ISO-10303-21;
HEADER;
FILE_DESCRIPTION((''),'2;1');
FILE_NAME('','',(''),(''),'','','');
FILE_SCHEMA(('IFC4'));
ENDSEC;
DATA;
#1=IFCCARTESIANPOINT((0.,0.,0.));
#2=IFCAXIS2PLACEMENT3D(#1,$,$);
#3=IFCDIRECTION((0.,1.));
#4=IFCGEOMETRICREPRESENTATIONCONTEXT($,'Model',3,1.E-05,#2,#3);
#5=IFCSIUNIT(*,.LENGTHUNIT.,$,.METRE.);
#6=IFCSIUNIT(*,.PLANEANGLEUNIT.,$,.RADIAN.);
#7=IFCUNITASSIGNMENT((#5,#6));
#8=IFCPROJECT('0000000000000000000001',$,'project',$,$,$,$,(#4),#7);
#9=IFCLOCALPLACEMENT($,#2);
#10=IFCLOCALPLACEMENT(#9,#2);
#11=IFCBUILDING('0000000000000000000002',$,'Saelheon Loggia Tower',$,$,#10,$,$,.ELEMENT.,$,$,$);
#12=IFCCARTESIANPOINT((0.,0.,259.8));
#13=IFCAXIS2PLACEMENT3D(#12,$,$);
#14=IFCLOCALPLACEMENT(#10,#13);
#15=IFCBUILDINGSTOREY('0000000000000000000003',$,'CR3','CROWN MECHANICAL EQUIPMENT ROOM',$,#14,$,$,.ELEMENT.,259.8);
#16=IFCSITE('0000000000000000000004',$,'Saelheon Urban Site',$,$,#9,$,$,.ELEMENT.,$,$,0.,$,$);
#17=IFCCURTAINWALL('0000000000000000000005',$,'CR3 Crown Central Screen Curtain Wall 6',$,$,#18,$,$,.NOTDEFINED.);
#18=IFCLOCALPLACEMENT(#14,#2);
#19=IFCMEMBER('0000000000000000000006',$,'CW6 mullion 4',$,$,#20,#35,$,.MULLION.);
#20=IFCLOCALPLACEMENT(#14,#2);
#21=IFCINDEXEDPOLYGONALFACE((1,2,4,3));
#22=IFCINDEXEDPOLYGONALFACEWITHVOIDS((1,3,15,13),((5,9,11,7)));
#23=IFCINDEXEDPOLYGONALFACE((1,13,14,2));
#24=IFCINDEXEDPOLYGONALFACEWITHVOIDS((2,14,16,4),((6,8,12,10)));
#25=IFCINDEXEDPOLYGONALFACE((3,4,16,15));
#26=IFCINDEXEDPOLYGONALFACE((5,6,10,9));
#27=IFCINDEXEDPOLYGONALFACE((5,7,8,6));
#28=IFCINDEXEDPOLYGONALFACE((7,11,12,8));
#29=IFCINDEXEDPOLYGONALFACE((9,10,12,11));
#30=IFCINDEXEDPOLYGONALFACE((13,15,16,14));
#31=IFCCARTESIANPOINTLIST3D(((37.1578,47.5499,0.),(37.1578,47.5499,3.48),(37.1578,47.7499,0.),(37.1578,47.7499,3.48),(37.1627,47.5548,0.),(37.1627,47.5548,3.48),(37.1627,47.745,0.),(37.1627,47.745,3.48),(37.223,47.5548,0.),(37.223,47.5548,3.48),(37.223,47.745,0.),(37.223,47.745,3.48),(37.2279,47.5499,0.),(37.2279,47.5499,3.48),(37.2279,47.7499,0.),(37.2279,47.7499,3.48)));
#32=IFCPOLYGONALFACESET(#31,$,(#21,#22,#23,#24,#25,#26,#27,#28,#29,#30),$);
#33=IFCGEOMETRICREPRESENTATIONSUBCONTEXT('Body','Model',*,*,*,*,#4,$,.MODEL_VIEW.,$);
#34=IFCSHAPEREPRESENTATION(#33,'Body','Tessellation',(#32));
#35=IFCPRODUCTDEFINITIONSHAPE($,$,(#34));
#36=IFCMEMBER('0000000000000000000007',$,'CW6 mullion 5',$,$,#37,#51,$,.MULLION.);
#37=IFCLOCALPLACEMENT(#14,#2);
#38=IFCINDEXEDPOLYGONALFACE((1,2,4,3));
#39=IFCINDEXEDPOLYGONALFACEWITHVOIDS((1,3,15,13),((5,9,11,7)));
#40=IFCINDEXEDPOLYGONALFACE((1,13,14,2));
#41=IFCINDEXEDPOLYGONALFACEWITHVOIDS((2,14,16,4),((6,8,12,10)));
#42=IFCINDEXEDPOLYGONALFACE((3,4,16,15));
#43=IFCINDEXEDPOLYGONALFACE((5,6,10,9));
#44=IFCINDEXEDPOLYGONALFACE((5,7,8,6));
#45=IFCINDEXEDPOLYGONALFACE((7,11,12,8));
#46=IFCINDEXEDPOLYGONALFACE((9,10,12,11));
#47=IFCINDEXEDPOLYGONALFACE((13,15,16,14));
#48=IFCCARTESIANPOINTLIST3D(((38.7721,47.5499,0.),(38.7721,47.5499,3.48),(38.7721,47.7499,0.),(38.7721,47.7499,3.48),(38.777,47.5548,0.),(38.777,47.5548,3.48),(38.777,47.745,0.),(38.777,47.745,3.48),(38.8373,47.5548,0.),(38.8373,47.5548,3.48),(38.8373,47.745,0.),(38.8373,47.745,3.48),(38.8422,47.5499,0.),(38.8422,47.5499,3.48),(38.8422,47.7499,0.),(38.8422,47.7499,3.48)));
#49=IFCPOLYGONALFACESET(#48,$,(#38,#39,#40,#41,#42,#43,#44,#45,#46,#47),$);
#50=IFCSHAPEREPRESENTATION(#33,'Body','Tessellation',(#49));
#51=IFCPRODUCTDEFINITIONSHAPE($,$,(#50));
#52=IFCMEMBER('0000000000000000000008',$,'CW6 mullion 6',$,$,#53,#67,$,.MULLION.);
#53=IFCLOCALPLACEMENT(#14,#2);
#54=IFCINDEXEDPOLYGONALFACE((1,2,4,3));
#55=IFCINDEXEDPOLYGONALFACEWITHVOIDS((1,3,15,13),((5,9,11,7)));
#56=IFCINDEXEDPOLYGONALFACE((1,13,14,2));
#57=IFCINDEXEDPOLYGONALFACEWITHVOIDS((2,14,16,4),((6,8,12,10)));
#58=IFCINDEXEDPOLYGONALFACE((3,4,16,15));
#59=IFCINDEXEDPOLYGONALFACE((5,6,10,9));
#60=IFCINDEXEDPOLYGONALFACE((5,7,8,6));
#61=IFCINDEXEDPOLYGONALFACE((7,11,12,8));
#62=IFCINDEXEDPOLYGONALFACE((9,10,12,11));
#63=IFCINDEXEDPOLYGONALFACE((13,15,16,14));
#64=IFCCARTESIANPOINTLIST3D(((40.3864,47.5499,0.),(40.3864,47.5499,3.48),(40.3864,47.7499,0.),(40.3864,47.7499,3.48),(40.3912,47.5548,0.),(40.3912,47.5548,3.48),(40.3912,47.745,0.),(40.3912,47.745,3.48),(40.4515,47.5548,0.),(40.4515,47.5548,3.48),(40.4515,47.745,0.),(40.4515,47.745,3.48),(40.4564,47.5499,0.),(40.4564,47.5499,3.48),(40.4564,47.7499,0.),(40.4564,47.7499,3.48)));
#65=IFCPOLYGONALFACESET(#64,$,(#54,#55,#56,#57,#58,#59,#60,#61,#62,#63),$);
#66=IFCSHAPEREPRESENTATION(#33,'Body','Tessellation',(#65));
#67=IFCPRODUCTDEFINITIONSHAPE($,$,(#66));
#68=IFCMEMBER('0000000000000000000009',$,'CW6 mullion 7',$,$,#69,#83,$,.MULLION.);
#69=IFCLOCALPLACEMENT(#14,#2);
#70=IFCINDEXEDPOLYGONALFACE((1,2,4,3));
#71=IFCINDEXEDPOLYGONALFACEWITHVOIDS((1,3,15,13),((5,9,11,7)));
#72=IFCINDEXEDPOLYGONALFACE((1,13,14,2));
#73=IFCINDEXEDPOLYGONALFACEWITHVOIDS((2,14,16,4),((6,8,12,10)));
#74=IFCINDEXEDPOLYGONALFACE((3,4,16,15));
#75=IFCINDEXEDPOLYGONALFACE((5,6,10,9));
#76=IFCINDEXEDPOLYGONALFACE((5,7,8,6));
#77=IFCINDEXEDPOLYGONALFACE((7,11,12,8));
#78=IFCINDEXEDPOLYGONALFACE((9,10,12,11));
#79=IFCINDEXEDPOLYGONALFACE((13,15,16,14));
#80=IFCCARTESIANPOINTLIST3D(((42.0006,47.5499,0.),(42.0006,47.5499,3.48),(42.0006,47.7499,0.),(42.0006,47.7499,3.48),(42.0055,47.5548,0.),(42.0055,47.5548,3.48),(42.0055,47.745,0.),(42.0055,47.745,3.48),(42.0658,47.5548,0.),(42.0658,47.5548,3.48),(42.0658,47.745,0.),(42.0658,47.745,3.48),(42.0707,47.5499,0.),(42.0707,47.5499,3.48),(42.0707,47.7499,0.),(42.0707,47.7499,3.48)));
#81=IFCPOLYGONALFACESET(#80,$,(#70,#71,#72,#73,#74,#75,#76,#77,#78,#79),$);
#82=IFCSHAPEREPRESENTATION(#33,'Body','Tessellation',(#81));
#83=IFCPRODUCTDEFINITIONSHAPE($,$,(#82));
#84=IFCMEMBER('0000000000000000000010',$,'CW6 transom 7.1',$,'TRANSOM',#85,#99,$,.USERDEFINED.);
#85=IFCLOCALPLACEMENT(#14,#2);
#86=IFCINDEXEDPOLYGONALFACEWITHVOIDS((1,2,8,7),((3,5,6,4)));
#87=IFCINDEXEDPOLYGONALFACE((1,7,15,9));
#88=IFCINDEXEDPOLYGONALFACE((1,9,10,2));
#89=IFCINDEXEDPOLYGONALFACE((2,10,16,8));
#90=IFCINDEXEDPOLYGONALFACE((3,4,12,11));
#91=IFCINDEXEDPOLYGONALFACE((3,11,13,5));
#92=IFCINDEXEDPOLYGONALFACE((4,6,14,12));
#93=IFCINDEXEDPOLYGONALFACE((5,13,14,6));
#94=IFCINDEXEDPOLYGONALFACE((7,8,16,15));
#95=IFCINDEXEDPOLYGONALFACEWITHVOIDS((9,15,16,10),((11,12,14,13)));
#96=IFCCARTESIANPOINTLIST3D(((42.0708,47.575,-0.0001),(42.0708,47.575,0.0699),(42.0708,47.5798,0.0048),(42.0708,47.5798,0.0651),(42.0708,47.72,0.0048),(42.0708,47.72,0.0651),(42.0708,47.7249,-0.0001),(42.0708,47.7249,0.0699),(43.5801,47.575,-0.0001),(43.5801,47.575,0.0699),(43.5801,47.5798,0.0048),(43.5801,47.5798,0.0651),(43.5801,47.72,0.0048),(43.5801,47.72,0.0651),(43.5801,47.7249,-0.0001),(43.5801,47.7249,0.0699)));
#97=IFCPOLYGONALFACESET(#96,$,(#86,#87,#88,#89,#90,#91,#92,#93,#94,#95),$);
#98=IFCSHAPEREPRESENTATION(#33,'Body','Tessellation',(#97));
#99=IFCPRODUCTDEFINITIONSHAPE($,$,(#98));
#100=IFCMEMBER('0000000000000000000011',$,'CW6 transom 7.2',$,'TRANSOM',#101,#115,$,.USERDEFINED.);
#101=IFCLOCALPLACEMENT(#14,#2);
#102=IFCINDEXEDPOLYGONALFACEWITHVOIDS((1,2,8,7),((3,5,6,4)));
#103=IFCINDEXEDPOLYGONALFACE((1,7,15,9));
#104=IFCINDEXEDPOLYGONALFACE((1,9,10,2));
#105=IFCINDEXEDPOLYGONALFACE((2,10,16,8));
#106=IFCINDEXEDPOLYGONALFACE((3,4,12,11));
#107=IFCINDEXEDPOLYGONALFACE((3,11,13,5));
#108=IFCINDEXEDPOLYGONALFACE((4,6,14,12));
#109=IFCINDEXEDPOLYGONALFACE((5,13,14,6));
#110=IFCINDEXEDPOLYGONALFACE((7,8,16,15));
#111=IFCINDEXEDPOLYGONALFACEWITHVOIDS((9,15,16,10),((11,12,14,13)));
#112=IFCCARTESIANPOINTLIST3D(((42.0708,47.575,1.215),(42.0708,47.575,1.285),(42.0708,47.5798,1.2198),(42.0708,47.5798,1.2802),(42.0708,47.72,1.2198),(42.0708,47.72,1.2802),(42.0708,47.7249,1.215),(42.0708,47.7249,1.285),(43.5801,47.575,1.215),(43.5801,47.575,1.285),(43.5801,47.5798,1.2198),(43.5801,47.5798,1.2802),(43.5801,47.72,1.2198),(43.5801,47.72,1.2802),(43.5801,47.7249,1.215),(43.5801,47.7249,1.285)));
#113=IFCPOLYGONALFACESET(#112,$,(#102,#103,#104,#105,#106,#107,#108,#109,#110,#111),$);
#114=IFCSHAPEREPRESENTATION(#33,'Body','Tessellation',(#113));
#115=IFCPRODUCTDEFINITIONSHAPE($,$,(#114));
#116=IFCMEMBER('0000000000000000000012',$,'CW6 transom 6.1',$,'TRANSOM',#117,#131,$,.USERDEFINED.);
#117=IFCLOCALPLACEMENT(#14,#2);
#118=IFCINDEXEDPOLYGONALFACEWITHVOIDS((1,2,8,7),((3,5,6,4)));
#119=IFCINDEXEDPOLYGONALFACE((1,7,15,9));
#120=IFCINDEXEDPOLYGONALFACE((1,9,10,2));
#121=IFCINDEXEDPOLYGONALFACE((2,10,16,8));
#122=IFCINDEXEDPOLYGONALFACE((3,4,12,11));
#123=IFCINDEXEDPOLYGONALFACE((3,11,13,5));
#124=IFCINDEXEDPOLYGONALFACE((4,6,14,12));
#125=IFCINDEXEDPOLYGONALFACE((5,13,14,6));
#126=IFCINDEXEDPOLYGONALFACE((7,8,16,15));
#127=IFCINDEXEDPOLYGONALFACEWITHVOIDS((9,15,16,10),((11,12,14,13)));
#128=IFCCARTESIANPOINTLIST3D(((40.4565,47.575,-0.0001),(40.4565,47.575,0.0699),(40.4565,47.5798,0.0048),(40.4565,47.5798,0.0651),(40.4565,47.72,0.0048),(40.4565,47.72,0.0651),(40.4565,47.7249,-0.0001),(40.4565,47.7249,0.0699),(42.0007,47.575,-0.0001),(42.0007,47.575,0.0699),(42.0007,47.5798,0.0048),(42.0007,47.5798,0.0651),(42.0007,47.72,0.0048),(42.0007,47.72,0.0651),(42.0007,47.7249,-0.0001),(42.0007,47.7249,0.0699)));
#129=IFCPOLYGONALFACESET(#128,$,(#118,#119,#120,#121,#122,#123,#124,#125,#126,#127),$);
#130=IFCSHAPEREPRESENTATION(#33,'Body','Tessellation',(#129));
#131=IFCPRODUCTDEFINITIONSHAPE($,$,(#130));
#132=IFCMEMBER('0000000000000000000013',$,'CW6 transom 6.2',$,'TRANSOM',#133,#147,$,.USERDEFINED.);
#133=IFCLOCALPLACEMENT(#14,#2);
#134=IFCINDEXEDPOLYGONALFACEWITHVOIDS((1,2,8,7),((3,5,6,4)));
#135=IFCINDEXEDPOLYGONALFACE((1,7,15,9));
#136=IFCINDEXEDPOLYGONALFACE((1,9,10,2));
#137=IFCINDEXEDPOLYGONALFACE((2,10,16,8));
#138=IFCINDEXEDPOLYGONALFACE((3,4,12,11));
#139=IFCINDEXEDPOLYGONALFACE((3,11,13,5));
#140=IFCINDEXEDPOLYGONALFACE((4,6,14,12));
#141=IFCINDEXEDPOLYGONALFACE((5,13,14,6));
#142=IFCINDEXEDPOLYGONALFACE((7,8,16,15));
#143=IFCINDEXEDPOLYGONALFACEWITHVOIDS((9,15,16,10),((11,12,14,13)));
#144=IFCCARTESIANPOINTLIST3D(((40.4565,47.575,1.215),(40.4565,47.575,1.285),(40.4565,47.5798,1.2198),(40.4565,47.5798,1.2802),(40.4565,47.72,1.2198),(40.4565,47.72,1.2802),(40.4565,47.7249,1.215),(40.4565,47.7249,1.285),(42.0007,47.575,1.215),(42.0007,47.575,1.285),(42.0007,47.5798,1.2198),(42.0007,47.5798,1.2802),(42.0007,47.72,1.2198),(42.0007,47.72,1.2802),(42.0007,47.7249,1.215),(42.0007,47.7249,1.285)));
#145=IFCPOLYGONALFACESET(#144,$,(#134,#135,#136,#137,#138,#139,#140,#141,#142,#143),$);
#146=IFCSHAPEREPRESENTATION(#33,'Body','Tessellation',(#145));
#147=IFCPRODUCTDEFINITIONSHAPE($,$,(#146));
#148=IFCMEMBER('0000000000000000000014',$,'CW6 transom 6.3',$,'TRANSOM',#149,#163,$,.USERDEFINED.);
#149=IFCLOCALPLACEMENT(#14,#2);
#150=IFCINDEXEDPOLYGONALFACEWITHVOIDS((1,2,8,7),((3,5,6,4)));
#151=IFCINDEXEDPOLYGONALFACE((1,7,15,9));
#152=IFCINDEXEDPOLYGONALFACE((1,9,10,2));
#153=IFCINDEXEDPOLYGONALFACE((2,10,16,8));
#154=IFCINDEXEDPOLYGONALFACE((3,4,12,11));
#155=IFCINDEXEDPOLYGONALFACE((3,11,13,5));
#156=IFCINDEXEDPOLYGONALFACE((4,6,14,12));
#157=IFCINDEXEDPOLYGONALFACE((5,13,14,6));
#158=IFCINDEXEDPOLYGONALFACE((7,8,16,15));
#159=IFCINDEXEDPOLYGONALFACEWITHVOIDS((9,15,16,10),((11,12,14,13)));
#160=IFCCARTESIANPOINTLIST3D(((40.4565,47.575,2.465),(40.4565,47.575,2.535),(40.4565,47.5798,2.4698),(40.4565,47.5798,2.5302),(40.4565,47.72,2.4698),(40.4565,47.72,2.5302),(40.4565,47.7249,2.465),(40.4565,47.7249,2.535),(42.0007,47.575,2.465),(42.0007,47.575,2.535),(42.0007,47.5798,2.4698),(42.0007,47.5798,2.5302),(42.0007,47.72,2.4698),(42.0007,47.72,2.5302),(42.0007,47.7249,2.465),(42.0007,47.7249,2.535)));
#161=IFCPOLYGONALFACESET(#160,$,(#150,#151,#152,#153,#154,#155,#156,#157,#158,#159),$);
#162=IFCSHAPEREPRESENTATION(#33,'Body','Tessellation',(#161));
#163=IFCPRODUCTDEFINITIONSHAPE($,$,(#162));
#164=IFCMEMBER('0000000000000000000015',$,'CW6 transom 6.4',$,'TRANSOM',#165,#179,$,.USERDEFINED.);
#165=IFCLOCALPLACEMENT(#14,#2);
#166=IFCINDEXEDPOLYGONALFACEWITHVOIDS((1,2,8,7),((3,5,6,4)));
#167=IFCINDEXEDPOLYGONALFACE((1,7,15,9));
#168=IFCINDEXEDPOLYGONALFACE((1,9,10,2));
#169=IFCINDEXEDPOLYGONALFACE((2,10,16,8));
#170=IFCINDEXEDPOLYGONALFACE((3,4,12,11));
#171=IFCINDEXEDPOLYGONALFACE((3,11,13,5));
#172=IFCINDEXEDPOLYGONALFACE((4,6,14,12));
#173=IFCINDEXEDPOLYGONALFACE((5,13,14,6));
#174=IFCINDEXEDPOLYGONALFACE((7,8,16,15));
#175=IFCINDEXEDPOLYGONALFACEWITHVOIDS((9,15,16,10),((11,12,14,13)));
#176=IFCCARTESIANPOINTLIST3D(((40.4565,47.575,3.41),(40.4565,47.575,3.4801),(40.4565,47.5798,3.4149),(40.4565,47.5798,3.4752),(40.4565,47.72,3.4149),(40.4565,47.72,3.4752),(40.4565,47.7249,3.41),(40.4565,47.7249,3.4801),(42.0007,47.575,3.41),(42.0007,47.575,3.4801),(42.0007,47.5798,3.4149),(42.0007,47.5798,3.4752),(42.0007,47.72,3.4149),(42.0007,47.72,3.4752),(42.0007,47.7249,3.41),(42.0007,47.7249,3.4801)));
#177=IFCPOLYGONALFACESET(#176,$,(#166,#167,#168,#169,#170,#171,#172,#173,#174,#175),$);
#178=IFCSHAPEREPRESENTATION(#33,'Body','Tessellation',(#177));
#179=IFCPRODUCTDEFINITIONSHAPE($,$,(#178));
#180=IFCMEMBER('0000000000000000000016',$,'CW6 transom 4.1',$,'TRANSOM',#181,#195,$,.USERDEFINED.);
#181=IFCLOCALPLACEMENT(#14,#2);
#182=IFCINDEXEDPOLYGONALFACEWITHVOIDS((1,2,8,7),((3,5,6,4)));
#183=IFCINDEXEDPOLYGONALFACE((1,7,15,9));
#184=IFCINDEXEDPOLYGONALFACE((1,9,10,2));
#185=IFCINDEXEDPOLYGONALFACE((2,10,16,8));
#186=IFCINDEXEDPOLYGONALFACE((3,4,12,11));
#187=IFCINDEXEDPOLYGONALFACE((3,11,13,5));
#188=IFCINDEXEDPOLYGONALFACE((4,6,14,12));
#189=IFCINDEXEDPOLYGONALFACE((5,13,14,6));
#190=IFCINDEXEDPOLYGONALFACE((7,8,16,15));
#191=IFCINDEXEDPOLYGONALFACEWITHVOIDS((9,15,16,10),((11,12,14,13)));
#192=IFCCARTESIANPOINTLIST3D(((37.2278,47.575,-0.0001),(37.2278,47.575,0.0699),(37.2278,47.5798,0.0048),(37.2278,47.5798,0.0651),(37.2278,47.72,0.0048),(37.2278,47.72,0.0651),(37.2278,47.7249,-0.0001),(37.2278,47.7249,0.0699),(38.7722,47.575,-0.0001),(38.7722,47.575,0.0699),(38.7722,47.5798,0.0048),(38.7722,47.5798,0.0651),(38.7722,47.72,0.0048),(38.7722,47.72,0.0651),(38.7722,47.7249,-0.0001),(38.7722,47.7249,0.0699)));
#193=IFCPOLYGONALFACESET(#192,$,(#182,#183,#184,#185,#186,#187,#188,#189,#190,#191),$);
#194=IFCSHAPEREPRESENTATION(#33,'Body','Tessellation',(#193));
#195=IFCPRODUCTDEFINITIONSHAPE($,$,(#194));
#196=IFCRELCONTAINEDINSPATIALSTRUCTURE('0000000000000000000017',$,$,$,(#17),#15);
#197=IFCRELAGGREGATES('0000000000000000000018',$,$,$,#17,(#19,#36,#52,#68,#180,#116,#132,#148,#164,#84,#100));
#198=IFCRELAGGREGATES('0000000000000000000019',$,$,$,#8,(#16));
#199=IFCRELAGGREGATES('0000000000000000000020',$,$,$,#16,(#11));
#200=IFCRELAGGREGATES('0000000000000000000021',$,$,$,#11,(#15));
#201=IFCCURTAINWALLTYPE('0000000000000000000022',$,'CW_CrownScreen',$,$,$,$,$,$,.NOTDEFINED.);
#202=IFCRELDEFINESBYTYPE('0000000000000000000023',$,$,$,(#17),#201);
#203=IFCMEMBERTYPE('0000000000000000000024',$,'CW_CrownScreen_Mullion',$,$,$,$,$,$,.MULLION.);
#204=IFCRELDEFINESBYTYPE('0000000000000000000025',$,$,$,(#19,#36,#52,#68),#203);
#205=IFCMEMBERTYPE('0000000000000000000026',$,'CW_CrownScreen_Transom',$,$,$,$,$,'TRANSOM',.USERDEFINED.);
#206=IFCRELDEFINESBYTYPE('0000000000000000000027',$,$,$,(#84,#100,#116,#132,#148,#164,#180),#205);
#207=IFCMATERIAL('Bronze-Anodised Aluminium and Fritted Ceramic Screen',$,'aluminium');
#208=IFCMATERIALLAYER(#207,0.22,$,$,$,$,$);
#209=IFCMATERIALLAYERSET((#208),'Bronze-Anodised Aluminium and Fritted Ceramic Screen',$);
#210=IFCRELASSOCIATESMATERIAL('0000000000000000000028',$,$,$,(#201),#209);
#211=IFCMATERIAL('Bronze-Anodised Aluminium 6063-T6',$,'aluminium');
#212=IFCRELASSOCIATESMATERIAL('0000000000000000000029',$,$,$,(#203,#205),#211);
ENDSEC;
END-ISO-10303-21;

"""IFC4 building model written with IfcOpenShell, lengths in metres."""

from ifc_helpers import new_model, si_unit, direction, frame, origin, origin_2d, place, context, subcontext, project, spatial, hollow_rectangle, extrude, source, transform, mapped, material, layer, layer_set, material_profile, profile_set, type_object, element, aggregate, save


model = new_model("IFC4")

# Units and contexts
model_context = context("Model", 3, precision=1e-05, world=origin(), true_north=direction((0.0, 1.0)))
body_context = subcontext(model_context, "Body", "Model", "MODEL_VIEW")
ifc_project = project(units=[si_unit("LENGTHUNIT", "METRE"), si_unit("PLANEANGLEUNIT", "RADIAN")], contexts=[model_context])

# Site, building, storey
site_placement = place(None, origin())
site = spatial("IfcSite", under=ifc_project, at=site_placement, Name="Saelheon Urban Site", CompositionType="ELEMENT", RefElevation=0.0)
building_placement = place(site_placement, origin())
building = spatial("IfcBuilding", under=site, at=building_placement, Name="Saelheon Loggia Tower", CompositionType="ELEMENT")
storey_placement = place(building_placement, frame((0.0, 0.0, 259.8)))
storey = spatial("IfcBuildingStorey", under=building, at=storey_placement, Name="CR3", Description="CROWN MECHANICAL EQUIPMENT ROOM", CompositionType="ELEMENT", Elevation=259.8)

# Curtain wall, members
ifc_material_1 = material(Name="Bronze-Anodised Aluminium and Fritted Ceramic Screen", Category="aluminium")
ifc_layer_1 = layer(ifc_material_1, 0.22)
ifc_layer_set_1 = layer_set([ifc_layer_1], Name="Bronze-Anodised Aluminium and Fritted Ceramic Screen")
curtain_wall_type = type_object("IfcCurtainWallType", Name="CW_CrownScreen", PredefinedType="NOTDEFINED", material=ifc_layer_set_1)
curtain_wall_placement = place(storey_placement, origin())
curtain_wall = element("IfcCurtainWall", 1, at=curtain_wall_placement, inside=storey, type_object=curtain_wall_type, Name="CR3 Crown Central Screen Curtain Wall 6", PredefinedType="NOTDEFINED")
ifc_material_2 = material(Name="Bronze-Anodised Aluminium 6063-T6", Category="aluminium")
ifc_material_profile_1 = material_profile(ifc_material_2, hollow_rectangle(XDim=0.0701, YDim=0.2, WallThickness=0.0049, at=origin_2d()), Name="RHS-200x70x5")
ifc_profile_set_1 = profile_set([ifc_material_profile_1], Name="Bronze-Anodised Aluminium 6063-T6")
member_type_1 = type_object("IfcMemberType", Name="CW_CrownScreen_Mullion", PredefinedType="MULLION", material=ifc_profile_set_1)
shared_shape_1 = source(origin(), body_context, "Body", "SweptSolid", [
    extrude(hollow_rectangle(XDim=0.0701, YDim=0.2, WallThickness=0.0049, at=origin_2d()), origin(), (0.0, 0.0, 1.0), 3.48),
])
member_1_placement = place(storey_placement, frame((37.1929, 47.6499, 0.0), z_axis=(0.0, 0.0, 1.0), x_axis=(1.0, 0.0, 0.0)))
member_1 = element("IfcMember", 2, at=member_1_placement, type_object=member_type_1, Name="CW6 mullion 4", PredefinedType="MULLION", context=body_context, shape_type="MappedRepresentation", body=[
    mapped(shared_shape_1, transform((0.0, 0.0, 0.0), scale=1.0)),
])
member_2_placement = place(storey_placement, frame((38.8071, 47.6499, 0.0), z_axis=(0.0, 0.0, 1.0), x_axis=(1.0, 0.0, 0.0)))
member_2 = element("IfcMember", 3, at=member_2_placement, type_object=member_type_1, Name="CW6 mullion 5", PredefinedType="MULLION", context=body_context, shape_type="MappedRepresentation", body=[
    mapped(shared_shape_1, transform((0.0, 0.0, 0.0), scale=1.0)),
])
member_3_placement = place(storey_placement, frame((40.4214, 47.6499, 0.0), z_axis=(0.0, 0.0, 1.0), x_axis=(1.0, 0.0, 0.0)))
member_3 = element("IfcMember", 4, at=member_3_placement, type_object=member_type_1, Name="CW6 mullion 6", PredefinedType="MULLION", context=body_context, shape_type="MappedRepresentation", body=[
    mapped(shared_shape_1, transform((0.0, 0.0, 0.0), scale=1.0)),
])
member_4_placement = place(storey_placement, frame((42.0356, 47.6499, 0.0), z_axis=(0.0, 0.0, 1.0), x_axis=(1.0, 0.0, 0.0)))
member_4 = element("IfcMember", 5, at=member_4_placement, type_object=member_type_1, Name="CW6 mullion 7", PredefinedType="MULLION", context=body_context, shape_type="MappedRepresentation", body=[
    mapped(shared_shape_1, transform((0.0, 0.0, 0.0), scale=1.0)),
])
ifc_material_profile_2 = material_profile(ifc_material_2, hollow_rectangle(XDim=0.0701, YDim=0.1499, WallThickness=0.0049, at=origin_2d()), Name="RHS-150x70x5")
ifc_profile_set_2 = profile_set([ifc_material_profile_2], Name="Bronze-Anodised Aluminium 6063-T6")
member_type_2 = type_object("IfcMemberType", Name="CW_CrownScreen_Transom", ElementType="TRANSOM", PredefinedType="USERDEFINED", material=ifc_profile_set_2)
shared_shape_2 = source(origin(), body_context, "Body", "SweptSolid", [
    extrude(hollow_rectangle(XDim=0.0701, YDim=0.1499, WallThickness=0.0049, at=origin_2d()), origin(), (0.0, 0.0, 1.0), 1.5093),
])
member_5_placement = place(storey_placement, frame((42.0708, 47.6499, 0.0349), z_axis=(1.0, 0.0, 0.0), x_axis=(0.0, 0.0, 1.0)))
member_5 = element("IfcMember", 6, at=member_5_placement, type_object=member_type_2, Name="CW6 transom 7.1", ObjectType="TRANSOM", PredefinedType="USERDEFINED", context=body_context, shape_type="MappedRepresentation", body=[
    mapped(shared_shape_2, transform((0.0, 0.0, 0.0), scale=1.0)),
])
member_6_placement = place(storey_placement, frame((42.0708, 47.6499, 1.25), z_axis=(1.0, 0.0, 0.0), x_axis=(0.0, 0.0, 1.0)))
member_6 = element("IfcMember", 7, at=member_6_placement, type_object=member_type_2, Name="CW6 transom 7.2", ObjectType="TRANSOM", PredefinedType="USERDEFINED", context=body_context, shape_type="MappedRepresentation", body=[
    mapped(shared_shape_2, transform((0.0, 0.0, 0.0), scale=1.0)),
])
shared_shape_3 = source(origin(), body_context, "Body", "SweptSolid", [
    extrude(hollow_rectangle(XDim=0.0701, YDim=0.1499, WallThickness=0.0049, at=origin_2d()), origin(), (0.0, 0.0, 1.0), 1.5442),
])
member_7_placement = place(storey_placement, frame((40.4565, 47.6499, 0.0349), z_axis=(1.0, 0.0, 0.0), x_axis=(0.0, 0.0, 1.0)))
member_7 = element("IfcMember", 8, at=member_7_placement, type_object=member_type_2, Name="CW6 transom 6.1", ObjectType="TRANSOM", PredefinedType="USERDEFINED", context=body_context, shape_type="MappedRepresentation", body=[
    mapped(shared_shape_3, transform((0.0, 0.0, 0.0), scale=1.0)),
])
member_8_placement = place(storey_placement, frame((40.4565, 47.6499, 1.25), z_axis=(1.0, 0.0, 0.0), x_axis=(0.0, 0.0, 1.0)))
member_8 = element("IfcMember", 9, at=member_8_placement, type_object=member_type_2, Name="CW6 transom 6.2", ObjectType="TRANSOM", PredefinedType="USERDEFINED", context=body_context, shape_type="MappedRepresentation", body=[
    mapped(shared_shape_3, transform((0.0, 0.0, 0.0), scale=1.0)),
])
member_9_placement = place(storey_placement, frame((40.4565, 47.6499, 2.5), z_axis=(1.0, 0.0, 0.0), x_axis=(0.0, 0.0, 1.0)))
member_9 = element("IfcMember", 10, at=member_9_placement, type_object=member_type_2, Name="CW6 transom 6.3", ObjectType="TRANSOM", PredefinedType="USERDEFINED", context=body_context, shape_type="MappedRepresentation", body=[
    mapped(shared_shape_3, transform((0.0, 0.0, 0.0), scale=1.0)),
])
member_10_placement = place(storey_placement, frame((40.4565, 47.6499, 3.4451), z_axis=(1.0, 0.0, 0.0), x_axis=(0.0, 0.0, 1.0)))
member_10 = element("IfcMember", 11, at=member_10_placement, type_object=member_type_2, Name="CW6 transom 6.4", ObjectType="TRANSOM", PredefinedType="USERDEFINED", context=body_context, shape_type="MappedRepresentation", body=[
    mapped(shared_shape_3, transform((0.0, 0.0, 0.0), scale=1.0)),
])
shared_shape_4 = source(origin(), body_context, "Body", "SweptSolid", [
    extrude(hollow_rectangle(XDim=0.0701, YDim=0.1499, WallThickness=0.0049, at=origin_2d()), origin(), (0.0, 0.0, 1.0), 1.5444),
])
member_11_placement = place(storey_placement, frame((37.2278, 47.6499, 0.0349), z_axis=(1.0, 0.0, 0.0), x_axis=(0.0, 0.0, 1.0)))
member_11 = element("IfcMember", 12, at=member_11_placement, type_object=member_type_2, Name="CW6 transom 4.1", ObjectType="TRANSOM", PredefinedType="USERDEFINED", context=body_context, shape_type="MappedRepresentation", body=[
    mapped(shared_shape_4, transform((0.0, 0.0, 0.0), scale=1.0)),
])
aggregate(curtain_wall, [member_1, member_2, member_3, member_4, member_11, member_7, member_8, member_9, member_10, member_5, member_6])

save(model, "model.ifc")
